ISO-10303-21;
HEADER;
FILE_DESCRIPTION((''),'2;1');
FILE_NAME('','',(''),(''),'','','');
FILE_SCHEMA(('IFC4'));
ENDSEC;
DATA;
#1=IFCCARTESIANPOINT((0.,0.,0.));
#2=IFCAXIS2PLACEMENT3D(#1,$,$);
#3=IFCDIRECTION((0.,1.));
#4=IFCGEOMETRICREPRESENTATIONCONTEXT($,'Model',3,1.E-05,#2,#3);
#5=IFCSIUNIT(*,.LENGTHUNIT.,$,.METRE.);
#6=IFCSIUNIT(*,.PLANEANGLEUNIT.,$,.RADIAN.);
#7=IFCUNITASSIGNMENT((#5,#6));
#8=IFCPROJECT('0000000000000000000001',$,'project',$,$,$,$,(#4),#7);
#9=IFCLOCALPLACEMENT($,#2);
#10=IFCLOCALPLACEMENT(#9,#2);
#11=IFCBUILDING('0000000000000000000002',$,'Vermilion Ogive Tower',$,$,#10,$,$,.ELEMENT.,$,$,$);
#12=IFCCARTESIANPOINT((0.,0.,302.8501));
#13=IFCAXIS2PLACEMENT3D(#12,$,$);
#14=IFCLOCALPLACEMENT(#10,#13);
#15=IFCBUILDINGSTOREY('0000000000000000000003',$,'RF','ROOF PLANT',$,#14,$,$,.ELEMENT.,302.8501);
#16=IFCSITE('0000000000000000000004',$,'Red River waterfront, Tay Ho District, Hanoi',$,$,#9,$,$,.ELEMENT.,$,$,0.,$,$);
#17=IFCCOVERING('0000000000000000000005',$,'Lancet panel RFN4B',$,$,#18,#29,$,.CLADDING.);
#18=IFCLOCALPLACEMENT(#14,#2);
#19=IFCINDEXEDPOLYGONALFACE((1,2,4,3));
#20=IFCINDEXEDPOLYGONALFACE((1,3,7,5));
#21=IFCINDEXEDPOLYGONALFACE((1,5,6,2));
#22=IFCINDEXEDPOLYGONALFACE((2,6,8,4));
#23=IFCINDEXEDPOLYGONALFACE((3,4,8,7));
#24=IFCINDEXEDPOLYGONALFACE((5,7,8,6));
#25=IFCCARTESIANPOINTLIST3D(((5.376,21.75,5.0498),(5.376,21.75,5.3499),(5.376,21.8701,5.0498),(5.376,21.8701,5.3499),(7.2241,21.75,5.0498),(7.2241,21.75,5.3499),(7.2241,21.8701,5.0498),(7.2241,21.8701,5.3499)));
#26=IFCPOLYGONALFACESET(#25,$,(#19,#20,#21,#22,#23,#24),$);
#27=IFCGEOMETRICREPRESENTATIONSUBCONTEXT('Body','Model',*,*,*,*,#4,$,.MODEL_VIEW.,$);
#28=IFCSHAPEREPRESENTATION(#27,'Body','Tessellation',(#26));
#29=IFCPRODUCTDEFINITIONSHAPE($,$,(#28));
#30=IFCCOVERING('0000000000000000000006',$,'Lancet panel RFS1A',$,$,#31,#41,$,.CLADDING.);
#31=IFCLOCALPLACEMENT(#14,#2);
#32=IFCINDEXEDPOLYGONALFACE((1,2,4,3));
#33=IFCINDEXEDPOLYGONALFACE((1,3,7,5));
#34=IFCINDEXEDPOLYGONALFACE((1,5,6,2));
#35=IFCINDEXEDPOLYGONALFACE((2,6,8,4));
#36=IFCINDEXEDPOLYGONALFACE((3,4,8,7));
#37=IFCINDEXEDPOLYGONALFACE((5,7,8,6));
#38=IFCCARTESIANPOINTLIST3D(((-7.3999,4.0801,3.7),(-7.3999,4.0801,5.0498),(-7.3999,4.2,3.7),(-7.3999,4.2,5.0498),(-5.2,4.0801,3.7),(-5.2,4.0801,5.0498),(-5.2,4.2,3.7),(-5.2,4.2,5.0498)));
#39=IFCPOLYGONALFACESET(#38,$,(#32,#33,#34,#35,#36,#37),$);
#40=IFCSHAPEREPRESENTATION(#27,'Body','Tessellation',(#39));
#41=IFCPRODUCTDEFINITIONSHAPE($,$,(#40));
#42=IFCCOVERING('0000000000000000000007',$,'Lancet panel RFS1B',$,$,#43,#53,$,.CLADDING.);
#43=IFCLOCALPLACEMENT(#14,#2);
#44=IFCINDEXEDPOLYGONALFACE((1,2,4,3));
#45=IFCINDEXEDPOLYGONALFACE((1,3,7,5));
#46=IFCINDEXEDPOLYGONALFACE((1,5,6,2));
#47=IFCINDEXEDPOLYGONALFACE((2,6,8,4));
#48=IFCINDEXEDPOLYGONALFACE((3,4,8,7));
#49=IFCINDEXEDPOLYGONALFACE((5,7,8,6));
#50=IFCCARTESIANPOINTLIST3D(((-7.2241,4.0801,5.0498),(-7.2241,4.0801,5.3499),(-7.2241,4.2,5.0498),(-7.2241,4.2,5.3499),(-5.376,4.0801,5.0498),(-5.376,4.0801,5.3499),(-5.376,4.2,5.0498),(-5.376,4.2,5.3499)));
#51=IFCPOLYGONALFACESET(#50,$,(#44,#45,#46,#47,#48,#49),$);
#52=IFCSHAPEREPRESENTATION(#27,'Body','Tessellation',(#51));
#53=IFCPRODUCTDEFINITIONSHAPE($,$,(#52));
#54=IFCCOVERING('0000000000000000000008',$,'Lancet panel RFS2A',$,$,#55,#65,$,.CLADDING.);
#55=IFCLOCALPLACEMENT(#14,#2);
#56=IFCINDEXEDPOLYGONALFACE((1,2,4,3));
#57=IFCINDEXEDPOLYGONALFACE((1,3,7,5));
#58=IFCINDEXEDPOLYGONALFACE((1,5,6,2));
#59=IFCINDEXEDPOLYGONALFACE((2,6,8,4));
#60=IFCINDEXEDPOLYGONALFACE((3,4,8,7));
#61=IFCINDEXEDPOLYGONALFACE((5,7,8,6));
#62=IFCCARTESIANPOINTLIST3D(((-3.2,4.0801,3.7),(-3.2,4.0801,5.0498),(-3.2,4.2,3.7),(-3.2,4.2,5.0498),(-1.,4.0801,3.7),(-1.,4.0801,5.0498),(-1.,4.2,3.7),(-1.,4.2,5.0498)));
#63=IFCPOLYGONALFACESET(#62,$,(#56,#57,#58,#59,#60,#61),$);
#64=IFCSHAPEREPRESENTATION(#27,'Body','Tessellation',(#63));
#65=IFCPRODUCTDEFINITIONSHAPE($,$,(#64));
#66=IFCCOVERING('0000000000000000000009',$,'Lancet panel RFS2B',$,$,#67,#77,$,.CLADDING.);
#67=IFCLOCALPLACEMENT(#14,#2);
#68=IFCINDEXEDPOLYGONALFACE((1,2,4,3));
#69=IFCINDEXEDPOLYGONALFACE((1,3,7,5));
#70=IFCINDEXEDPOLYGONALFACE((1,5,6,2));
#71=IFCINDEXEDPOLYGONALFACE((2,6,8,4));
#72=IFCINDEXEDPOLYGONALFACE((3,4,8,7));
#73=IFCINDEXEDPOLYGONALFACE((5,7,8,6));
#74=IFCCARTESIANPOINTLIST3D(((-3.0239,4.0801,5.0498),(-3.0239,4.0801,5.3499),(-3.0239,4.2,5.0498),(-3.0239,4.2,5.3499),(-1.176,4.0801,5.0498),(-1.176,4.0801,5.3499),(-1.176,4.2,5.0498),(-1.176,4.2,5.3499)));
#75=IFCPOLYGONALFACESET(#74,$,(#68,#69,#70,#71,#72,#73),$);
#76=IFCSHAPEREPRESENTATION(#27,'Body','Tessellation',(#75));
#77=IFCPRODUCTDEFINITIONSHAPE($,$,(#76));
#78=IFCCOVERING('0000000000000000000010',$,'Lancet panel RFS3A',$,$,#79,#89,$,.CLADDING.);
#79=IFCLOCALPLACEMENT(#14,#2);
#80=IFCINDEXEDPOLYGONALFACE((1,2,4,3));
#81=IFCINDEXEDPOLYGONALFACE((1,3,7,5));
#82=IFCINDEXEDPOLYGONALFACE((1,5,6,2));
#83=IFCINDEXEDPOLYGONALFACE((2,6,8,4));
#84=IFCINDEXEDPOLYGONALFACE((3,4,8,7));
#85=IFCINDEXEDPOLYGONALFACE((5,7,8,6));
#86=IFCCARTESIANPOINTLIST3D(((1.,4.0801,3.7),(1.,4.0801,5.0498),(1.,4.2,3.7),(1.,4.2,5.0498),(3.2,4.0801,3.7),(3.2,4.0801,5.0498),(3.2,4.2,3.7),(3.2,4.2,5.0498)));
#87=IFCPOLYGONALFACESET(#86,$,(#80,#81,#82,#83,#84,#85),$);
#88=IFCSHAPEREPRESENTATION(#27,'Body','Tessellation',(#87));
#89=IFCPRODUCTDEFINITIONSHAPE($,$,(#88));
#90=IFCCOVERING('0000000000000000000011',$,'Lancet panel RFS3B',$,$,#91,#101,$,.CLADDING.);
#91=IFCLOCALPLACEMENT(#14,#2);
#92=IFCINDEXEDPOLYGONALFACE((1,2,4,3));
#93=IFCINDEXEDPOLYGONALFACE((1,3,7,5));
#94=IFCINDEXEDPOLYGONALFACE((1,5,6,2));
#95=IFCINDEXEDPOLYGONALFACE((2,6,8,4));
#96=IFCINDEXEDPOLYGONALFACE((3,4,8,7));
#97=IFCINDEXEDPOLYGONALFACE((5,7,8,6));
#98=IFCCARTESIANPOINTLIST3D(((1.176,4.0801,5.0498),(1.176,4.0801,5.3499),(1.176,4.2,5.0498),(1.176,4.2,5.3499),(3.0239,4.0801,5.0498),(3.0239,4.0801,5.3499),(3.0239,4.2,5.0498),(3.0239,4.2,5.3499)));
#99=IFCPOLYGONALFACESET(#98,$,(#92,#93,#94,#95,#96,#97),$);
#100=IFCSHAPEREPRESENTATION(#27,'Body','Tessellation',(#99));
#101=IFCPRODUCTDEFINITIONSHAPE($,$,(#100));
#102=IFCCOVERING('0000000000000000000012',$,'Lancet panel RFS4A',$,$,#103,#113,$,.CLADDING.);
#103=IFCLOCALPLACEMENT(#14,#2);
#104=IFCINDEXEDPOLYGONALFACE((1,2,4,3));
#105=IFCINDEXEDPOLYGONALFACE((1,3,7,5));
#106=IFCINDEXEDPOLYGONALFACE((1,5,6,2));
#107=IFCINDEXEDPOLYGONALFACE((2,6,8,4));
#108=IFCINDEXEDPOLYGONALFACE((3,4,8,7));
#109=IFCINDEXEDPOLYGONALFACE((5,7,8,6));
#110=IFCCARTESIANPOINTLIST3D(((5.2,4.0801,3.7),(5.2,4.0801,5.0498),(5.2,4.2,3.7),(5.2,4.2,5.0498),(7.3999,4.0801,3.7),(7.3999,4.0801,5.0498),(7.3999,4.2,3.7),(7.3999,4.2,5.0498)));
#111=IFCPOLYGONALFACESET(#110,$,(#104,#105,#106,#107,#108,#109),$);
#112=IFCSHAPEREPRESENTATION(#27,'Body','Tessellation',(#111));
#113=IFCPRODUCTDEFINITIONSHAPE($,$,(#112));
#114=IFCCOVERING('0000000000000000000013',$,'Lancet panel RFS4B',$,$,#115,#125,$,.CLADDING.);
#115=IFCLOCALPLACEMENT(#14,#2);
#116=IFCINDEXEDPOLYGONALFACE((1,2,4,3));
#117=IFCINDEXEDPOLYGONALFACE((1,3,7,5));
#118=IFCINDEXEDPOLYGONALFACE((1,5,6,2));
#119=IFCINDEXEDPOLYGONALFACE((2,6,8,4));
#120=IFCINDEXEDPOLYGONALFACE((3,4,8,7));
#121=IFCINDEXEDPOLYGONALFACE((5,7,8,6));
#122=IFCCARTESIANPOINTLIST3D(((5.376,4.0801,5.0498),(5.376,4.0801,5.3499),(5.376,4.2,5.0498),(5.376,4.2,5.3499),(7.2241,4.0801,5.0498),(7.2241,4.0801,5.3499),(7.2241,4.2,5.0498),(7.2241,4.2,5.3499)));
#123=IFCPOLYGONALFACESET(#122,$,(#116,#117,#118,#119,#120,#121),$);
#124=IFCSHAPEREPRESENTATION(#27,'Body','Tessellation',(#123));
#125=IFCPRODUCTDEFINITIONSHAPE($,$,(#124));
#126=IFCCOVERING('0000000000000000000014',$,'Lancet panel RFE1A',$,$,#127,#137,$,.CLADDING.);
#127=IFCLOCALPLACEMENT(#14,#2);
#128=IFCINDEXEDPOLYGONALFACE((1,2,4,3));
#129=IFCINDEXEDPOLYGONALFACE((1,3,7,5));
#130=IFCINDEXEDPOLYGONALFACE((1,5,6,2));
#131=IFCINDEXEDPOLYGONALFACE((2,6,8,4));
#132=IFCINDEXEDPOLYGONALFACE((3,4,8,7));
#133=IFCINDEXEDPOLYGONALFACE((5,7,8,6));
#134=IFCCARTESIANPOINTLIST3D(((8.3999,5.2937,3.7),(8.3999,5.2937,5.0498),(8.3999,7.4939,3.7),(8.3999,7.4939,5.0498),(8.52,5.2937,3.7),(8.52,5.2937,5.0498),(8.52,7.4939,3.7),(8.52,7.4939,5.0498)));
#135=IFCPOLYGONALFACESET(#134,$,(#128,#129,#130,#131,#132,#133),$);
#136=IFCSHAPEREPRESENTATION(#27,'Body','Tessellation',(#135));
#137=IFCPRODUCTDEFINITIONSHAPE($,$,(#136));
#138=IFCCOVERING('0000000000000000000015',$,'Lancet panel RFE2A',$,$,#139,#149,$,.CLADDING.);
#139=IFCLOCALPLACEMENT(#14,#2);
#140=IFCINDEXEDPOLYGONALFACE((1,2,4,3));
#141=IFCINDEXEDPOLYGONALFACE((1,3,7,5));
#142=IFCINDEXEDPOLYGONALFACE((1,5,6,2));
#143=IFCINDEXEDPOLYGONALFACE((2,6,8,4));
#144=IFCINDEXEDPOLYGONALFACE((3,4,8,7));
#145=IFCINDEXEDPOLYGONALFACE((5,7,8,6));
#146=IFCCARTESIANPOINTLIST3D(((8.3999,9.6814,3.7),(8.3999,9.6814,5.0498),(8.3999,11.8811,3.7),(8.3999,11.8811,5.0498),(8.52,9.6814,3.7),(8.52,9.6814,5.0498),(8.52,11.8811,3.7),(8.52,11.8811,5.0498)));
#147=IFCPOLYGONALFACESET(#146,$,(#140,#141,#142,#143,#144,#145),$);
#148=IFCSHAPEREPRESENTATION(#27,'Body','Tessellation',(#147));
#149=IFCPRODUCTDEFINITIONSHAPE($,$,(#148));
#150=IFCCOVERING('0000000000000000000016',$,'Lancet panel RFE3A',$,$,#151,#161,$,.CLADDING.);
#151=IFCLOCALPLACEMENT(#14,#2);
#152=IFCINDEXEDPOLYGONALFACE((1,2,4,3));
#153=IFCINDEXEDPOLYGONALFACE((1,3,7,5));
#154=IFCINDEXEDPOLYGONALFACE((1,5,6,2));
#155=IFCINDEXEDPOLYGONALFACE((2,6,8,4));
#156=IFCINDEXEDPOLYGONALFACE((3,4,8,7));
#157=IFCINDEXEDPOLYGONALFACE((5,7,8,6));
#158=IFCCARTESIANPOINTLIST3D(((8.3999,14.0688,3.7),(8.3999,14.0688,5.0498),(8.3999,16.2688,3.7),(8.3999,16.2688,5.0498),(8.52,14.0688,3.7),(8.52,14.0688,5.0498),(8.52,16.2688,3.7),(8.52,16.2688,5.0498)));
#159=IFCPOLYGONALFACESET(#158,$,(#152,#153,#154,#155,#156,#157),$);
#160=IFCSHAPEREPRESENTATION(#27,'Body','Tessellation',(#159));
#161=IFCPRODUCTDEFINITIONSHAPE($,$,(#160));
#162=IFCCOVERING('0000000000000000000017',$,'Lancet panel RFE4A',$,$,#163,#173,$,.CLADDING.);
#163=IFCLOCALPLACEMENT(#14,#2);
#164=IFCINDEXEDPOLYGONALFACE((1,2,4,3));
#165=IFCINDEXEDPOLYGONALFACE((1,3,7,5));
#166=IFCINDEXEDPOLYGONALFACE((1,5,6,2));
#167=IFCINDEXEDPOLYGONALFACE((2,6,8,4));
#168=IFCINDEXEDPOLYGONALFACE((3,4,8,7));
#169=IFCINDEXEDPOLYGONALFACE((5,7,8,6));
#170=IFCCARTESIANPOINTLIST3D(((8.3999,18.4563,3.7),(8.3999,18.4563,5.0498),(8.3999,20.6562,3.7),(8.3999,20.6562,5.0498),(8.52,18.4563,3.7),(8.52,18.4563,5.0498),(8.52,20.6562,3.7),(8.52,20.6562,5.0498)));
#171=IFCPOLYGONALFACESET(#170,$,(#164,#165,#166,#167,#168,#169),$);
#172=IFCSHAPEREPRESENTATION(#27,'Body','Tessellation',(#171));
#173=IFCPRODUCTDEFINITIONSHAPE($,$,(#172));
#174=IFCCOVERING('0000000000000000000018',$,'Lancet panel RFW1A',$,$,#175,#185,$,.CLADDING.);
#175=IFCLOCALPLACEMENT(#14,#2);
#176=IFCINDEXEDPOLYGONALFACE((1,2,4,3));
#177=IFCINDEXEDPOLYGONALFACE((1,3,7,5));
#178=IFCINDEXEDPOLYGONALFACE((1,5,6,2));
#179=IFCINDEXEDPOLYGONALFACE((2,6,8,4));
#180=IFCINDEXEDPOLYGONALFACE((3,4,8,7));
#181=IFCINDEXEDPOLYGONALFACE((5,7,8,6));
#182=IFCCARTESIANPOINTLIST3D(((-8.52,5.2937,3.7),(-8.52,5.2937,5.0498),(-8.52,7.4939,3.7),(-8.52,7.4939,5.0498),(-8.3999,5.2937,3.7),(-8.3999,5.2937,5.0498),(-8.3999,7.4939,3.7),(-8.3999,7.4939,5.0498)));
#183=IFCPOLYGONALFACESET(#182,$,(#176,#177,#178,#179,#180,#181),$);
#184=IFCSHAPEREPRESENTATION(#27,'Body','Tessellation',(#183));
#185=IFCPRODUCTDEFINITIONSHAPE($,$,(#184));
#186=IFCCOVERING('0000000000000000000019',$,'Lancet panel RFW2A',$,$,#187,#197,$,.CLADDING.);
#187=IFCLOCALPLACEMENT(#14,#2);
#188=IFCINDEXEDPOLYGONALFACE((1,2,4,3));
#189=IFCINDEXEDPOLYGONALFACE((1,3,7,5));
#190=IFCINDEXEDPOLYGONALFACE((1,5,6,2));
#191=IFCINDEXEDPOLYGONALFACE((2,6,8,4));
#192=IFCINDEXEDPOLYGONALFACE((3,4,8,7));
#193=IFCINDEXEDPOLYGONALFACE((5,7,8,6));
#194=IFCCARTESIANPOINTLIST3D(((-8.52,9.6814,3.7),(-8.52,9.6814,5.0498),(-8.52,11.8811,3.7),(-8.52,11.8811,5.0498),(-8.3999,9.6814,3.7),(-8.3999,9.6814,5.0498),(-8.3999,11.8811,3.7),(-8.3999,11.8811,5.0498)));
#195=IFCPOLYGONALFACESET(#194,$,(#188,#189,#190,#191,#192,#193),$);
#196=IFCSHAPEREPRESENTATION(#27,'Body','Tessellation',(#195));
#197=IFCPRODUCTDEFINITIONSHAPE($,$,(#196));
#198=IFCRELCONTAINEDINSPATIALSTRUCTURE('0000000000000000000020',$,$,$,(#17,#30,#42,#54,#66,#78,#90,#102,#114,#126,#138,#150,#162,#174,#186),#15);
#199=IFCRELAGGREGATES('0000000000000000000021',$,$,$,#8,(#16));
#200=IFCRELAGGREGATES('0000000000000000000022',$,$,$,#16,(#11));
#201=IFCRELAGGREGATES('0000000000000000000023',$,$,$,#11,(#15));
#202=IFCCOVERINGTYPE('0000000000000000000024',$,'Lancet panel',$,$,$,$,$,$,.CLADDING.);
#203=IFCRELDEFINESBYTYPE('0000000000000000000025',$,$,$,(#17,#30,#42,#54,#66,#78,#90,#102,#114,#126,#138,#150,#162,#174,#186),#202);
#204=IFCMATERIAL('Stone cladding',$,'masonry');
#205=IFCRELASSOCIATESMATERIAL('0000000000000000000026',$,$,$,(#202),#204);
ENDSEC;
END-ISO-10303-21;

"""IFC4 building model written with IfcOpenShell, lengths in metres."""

from ifc_helpers import new_model, si_unit, direction, frame, origin, place, context, subcontext, project, spatial, polyline, outline, extrude, material, type_object, element, save


model = new_model("IFC4")

# Units and contexts
model_context = context("Model", 3, precision=1e-05, world=origin(), true_north=direction((0.0, 1.0)))
body_context = subcontext(model_context, "Body", "Model", "MODEL_VIEW")
ifc_project = project(units=[si_unit("LENGTHUNIT", "METRE"), si_unit("PLANEANGLEUNIT", "RADIAN")], contexts=[model_context])

# Site, building, storey
site_placement = place(None, origin())
site = spatial("IfcSite", under=ifc_project, at=site_placement, Name="Red River waterfront, Tay Ho District, Hanoi", CompositionType="ELEMENT", RefElevation=0.0)
building_placement = place(site_placement, origin())
building = spatial("IfcBuilding", under=site, at=building_placement, Name="Vermilion Ogive Tower", CompositionType="ELEMENT")
storey_placement = place(building_placement, frame((0.0, 0.0, 302.8501)))
storey = spatial("IfcBuildingStorey", under=building, at=storey_placement, Name="RF", Description="ROOF PLANT", CompositionType="ELEMENT", Elevation=302.8501)

# Coverings
ifc_material_1 = material(Name="Stone cladding", Category="masonry")
covering_type_1 = type_object("IfcCoveringType", Name="Lancet panel", PredefinedType="CLADDING", material=ifc_material_1)
covering_1_placement = place(storey_placement, frame((0.0, 0.0, 5.0498)))
element("IfcCovering", 1, at=covering_1_placement, inside=storey, type_object=covering_type_1, Name="Lancet panel RFN4B", PredefinedType="CLADDING", context=body_context, shape_type="SweptSolid", body=[
    extrude(outline(polyline([(5.376, 21.75), (7.2241, 21.75), (7.2241, 21.8701), (5.376, 21.8701), (5.376, 21.75)])), origin(), (0.0, 0.0, 1.0), 0.3),
])
covering_2_placement = place(storey_placement, frame((0.0, 0.0, 3.7)))
element("IfcCovering", 2, at=covering_2_placement, inside=storey, type_object=covering_type_1, Name="Lancet panel RFS1A", PredefinedType="CLADDING", context=body_context, shape_type="SweptSolid", body=[
    extrude(outline(polyline([(-5.2, 4.2), (-7.3999, 4.2), (-7.3999, 4.0801), (-5.2, 4.0801), (-5.2, 4.2)])), origin(), (0.0, 0.0, 1.0), 1.3499),
])
covering_3_placement = place(storey_placement, frame((0.0, 0.0, 5.0498)))
element("IfcCovering", 3, at=covering_3_placement, inside=storey, type_object=covering_type_1, Name="Lancet panel RFS1B", PredefinedType="CLADDING", context=body_context, shape_type="SweptSolid", body=[
    extrude(outline(polyline([(-5.376, 4.2), (-7.2241, 4.2), (-7.2241, 4.0801), (-5.376, 4.0801), (-5.376, 4.2)])), origin(), (0.0, 0.0, 1.0), 0.3),
])
covering_4_placement = place(storey_placement, frame((0.0, 0.0, 3.7)))
element("IfcCovering", 4, at=covering_4_placement, inside=storey, type_object=covering_type_1, Name="Lancet panel RFS2A", PredefinedType="CLADDING", context=body_context, shape_type="SweptSolid", body=[
    extrude(outline(polyline([(-1.0, 4.2), (-3.2, 4.2), (-3.2, 4.0801), (-1.0, 4.0801), (-1.0, 4.2)])), origin(), (0.0, 0.0, 1.0), 1.3499),
])
covering_5_placement = place(storey_placement, frame((0.0, 0.0, 5.0498)))
element("IfcCovering", 5, at=covering_5_placement, inside=storey, type_object=covering_type_1, Name="Lancet panel RFS2B", PredefinedType="CLADDING", context=body_context, shape_type="SweptSolid", body=[
    extrude(outline(polyline([(-1.176, 4.2), (-3.0239, 4.2), (-3.0239, 4.0801), (-1.176, 4.0801), (-1.176, 4.2)])), origin(), (0.0, 0.0, 1.0), 0.3),
])
covering_6_placement = place(storey_placement, frame((0.0, 0.0, 3.7)))
element("IfcCovering", 6, at=covering_6_placement, inside=storey, type_object=covering_type_1, Name="Lancet panel RFS3A", PredefinedType="CLADDING", context=body_context, shape_type="SweptSolid", body=[
    extrude(outline(polyline([(3.2, 4.2), (1.0, 4.2), (1.0, 4.0801), (3.2, 4.0801), (3.2, 4.2)])), origin(), (0.0, 0.0, 1.0), 1.3499),
])
covering_7_placement = place(storey_placement, frame((0.0, 0.0, 5.0498)))
element("IfcCovering", 7, at=covering_7_placement, inside=storey, type_object=covering_type_1, Name="Lancet panel RFS3B", PredefinedType="CLADDING", context=body_context, shape_type="SweptSolid", body=[
    extrude(outline(polyline([(3.0239, 4.2), (1.176, 4.2), (1.176, 4.0801), (3.0239, 4.0801), (3.0239, 4.2)])), origin(), (0.0, 0.0, 1.0), 0.3),
])
covering_8_placement = place(storey_placement, frame((0.0, 0.0, 3.7)))
element("IfcCovering", 8, at=covering_8_placement, inside=storey, type_object=covering_type_1, Name="Lancet panel RFS4A", PredefinedType="CLADDING", context=body_context, shape_type="SweptSolid", body=[
    extrude(outline(polyline([(7.3999, 4.2), (5.2, 4.2), (5.2, 4.0801), (7.3999, 4.0801), (7.3999, 4.2)])), origin(), (0.0, 0.0, 1.0), 1.3499),
])
covering_9_placement = place(storey_placement, frame((0.0, 0.0, 5.0498)))
element("IfcCovering", 9, at=covering_9_placement, inside=storey, type_object=covering_type_1, Name="Lancet panel RFS4B", PredefinedType="CLADDING", context=body_context, shape_type="SweptSolid", body=[
    extrude(outline(polyline([(7.2241, 4.2), (5.376, 4.2), (5.376, 4.0801), (7.2241, 4.0801), (7.2241, 4.2)])), origin(), (0.0, 0.0, 1.0), 0.3),
])
covering_10_placement = place(storey_placement, frame((0.0, 0.0, 3.7)))
element("IfcCovering", 10, at=covering_10_placement, inside=storey, type_object=covering_type_1, Name="Lancet panel RFE1A", PredefinedType="CLADDING", context=body_context, shape_type="SweptSolid", body=[
    extrude(outline(polyline([(8.3999, 7.4939), (8.3999, 5.2937), (8.52, 5.2937), (8.52, 7.4939), (8.3999, 7.4939)])), origin(), (0.0, 0.0, 1.0), 1.3499),
])
covering_11_placement = place(storey_placement, frame((0.0, 0.0, 3.7)))
element("IfcCovering", 11, at=covering_11_placement, inside=storey, type_object=covering_type_1, Name="Lancet panel RFE2A", PredefinedType="CLADDING", context=body_context, shape_type="SweptSolid", body=[
    extrude(outline(polyline([(8.3999, 11.8811), (8.3999, 9.6814), (8.52, 9.6814), (8.52, 11.8811), (8.3999, 11.8811)])), origin(), (0.0, 0.0, 1.0), 1.3499),
])
covering_12_placement = place(storey_placement, frame((0.0, 0.0, 3.7)))
element("IfcCovering", 12, at=covering_12_placement, inside=storey, type_object=covering_type_1, Name="Lancet panel RFE3A", PredefinedType="CLADDING", context=body_context, shape_type="SweptSolid", body=[
    extrude(outline(polyline([(8.3999, 16.2688), (8.3999, 14.0688), (8.52, 14.0688), (8.52, 16.2688), (8.3999, 16.2688)])), origin(), (0.0, 0.0, 1.0), 1.3499),
])
covering_13_placement = place(storey_placement, frame((0.0, 0.0, 3.7)))
element("IfcCovering", 13, at=covering_13_placement, inside=storey, type_object=covering_type_1, Name="Lancet panel RFE4A", PredefinedType="CLADDING", context=body_context, shape_type="SweptSolid", body=[
    extrude(outline(polyline([(8.3999, 20.6562), (8.3999, 18.4563), (8.52, 18.4563), (8.52, 20.6562), (8.3999, 20.6562)])), origin(), (0.0, 0.0, 1.0), 1.3499),
])
covering_14_placement = place(storey_placement, frame((0.0, 0.0, 3.7)))
element("IfcCovering", 14, at=covering_14_placement, inside=storey, type_object=covering_type_1, Name="Lancet panel RFW1A", PredefinedType="CLADDING", context=body_context, shape_type="SweptSolid", body=[
    extrude(outline(polyline([(-8.3999, 5.2937), (-8.3999, 7.4939), (-8.52, 7.4939), (-8.52, 5.2937), (-8.3999, 5.2937)])), origin(), (0.0, 0.0, 1.0), 1.3499),
])
covering_15_placement = place(storey_placement, frame((0.0, 0.0, 3.7)))
element("IfcCovering", 15, at=covering_15_placement, inside=storey, type_object=covering_type_1, Name="Lancet panel RFW2A", PredefinedType="CLADDING", context=body_context, shape_type="SweptSolid", body=[
    extrude(outline(polyline([(-8.3999, 9.6814), (-8.3999, 11.8811), (-8.52, 11.8811), (-8.52, 9.6814), (-8.3999, 9.6814)])), origin(), (0.0, 0.0, 1.0), 1.3499),
])

save(model, "model.ifc")
